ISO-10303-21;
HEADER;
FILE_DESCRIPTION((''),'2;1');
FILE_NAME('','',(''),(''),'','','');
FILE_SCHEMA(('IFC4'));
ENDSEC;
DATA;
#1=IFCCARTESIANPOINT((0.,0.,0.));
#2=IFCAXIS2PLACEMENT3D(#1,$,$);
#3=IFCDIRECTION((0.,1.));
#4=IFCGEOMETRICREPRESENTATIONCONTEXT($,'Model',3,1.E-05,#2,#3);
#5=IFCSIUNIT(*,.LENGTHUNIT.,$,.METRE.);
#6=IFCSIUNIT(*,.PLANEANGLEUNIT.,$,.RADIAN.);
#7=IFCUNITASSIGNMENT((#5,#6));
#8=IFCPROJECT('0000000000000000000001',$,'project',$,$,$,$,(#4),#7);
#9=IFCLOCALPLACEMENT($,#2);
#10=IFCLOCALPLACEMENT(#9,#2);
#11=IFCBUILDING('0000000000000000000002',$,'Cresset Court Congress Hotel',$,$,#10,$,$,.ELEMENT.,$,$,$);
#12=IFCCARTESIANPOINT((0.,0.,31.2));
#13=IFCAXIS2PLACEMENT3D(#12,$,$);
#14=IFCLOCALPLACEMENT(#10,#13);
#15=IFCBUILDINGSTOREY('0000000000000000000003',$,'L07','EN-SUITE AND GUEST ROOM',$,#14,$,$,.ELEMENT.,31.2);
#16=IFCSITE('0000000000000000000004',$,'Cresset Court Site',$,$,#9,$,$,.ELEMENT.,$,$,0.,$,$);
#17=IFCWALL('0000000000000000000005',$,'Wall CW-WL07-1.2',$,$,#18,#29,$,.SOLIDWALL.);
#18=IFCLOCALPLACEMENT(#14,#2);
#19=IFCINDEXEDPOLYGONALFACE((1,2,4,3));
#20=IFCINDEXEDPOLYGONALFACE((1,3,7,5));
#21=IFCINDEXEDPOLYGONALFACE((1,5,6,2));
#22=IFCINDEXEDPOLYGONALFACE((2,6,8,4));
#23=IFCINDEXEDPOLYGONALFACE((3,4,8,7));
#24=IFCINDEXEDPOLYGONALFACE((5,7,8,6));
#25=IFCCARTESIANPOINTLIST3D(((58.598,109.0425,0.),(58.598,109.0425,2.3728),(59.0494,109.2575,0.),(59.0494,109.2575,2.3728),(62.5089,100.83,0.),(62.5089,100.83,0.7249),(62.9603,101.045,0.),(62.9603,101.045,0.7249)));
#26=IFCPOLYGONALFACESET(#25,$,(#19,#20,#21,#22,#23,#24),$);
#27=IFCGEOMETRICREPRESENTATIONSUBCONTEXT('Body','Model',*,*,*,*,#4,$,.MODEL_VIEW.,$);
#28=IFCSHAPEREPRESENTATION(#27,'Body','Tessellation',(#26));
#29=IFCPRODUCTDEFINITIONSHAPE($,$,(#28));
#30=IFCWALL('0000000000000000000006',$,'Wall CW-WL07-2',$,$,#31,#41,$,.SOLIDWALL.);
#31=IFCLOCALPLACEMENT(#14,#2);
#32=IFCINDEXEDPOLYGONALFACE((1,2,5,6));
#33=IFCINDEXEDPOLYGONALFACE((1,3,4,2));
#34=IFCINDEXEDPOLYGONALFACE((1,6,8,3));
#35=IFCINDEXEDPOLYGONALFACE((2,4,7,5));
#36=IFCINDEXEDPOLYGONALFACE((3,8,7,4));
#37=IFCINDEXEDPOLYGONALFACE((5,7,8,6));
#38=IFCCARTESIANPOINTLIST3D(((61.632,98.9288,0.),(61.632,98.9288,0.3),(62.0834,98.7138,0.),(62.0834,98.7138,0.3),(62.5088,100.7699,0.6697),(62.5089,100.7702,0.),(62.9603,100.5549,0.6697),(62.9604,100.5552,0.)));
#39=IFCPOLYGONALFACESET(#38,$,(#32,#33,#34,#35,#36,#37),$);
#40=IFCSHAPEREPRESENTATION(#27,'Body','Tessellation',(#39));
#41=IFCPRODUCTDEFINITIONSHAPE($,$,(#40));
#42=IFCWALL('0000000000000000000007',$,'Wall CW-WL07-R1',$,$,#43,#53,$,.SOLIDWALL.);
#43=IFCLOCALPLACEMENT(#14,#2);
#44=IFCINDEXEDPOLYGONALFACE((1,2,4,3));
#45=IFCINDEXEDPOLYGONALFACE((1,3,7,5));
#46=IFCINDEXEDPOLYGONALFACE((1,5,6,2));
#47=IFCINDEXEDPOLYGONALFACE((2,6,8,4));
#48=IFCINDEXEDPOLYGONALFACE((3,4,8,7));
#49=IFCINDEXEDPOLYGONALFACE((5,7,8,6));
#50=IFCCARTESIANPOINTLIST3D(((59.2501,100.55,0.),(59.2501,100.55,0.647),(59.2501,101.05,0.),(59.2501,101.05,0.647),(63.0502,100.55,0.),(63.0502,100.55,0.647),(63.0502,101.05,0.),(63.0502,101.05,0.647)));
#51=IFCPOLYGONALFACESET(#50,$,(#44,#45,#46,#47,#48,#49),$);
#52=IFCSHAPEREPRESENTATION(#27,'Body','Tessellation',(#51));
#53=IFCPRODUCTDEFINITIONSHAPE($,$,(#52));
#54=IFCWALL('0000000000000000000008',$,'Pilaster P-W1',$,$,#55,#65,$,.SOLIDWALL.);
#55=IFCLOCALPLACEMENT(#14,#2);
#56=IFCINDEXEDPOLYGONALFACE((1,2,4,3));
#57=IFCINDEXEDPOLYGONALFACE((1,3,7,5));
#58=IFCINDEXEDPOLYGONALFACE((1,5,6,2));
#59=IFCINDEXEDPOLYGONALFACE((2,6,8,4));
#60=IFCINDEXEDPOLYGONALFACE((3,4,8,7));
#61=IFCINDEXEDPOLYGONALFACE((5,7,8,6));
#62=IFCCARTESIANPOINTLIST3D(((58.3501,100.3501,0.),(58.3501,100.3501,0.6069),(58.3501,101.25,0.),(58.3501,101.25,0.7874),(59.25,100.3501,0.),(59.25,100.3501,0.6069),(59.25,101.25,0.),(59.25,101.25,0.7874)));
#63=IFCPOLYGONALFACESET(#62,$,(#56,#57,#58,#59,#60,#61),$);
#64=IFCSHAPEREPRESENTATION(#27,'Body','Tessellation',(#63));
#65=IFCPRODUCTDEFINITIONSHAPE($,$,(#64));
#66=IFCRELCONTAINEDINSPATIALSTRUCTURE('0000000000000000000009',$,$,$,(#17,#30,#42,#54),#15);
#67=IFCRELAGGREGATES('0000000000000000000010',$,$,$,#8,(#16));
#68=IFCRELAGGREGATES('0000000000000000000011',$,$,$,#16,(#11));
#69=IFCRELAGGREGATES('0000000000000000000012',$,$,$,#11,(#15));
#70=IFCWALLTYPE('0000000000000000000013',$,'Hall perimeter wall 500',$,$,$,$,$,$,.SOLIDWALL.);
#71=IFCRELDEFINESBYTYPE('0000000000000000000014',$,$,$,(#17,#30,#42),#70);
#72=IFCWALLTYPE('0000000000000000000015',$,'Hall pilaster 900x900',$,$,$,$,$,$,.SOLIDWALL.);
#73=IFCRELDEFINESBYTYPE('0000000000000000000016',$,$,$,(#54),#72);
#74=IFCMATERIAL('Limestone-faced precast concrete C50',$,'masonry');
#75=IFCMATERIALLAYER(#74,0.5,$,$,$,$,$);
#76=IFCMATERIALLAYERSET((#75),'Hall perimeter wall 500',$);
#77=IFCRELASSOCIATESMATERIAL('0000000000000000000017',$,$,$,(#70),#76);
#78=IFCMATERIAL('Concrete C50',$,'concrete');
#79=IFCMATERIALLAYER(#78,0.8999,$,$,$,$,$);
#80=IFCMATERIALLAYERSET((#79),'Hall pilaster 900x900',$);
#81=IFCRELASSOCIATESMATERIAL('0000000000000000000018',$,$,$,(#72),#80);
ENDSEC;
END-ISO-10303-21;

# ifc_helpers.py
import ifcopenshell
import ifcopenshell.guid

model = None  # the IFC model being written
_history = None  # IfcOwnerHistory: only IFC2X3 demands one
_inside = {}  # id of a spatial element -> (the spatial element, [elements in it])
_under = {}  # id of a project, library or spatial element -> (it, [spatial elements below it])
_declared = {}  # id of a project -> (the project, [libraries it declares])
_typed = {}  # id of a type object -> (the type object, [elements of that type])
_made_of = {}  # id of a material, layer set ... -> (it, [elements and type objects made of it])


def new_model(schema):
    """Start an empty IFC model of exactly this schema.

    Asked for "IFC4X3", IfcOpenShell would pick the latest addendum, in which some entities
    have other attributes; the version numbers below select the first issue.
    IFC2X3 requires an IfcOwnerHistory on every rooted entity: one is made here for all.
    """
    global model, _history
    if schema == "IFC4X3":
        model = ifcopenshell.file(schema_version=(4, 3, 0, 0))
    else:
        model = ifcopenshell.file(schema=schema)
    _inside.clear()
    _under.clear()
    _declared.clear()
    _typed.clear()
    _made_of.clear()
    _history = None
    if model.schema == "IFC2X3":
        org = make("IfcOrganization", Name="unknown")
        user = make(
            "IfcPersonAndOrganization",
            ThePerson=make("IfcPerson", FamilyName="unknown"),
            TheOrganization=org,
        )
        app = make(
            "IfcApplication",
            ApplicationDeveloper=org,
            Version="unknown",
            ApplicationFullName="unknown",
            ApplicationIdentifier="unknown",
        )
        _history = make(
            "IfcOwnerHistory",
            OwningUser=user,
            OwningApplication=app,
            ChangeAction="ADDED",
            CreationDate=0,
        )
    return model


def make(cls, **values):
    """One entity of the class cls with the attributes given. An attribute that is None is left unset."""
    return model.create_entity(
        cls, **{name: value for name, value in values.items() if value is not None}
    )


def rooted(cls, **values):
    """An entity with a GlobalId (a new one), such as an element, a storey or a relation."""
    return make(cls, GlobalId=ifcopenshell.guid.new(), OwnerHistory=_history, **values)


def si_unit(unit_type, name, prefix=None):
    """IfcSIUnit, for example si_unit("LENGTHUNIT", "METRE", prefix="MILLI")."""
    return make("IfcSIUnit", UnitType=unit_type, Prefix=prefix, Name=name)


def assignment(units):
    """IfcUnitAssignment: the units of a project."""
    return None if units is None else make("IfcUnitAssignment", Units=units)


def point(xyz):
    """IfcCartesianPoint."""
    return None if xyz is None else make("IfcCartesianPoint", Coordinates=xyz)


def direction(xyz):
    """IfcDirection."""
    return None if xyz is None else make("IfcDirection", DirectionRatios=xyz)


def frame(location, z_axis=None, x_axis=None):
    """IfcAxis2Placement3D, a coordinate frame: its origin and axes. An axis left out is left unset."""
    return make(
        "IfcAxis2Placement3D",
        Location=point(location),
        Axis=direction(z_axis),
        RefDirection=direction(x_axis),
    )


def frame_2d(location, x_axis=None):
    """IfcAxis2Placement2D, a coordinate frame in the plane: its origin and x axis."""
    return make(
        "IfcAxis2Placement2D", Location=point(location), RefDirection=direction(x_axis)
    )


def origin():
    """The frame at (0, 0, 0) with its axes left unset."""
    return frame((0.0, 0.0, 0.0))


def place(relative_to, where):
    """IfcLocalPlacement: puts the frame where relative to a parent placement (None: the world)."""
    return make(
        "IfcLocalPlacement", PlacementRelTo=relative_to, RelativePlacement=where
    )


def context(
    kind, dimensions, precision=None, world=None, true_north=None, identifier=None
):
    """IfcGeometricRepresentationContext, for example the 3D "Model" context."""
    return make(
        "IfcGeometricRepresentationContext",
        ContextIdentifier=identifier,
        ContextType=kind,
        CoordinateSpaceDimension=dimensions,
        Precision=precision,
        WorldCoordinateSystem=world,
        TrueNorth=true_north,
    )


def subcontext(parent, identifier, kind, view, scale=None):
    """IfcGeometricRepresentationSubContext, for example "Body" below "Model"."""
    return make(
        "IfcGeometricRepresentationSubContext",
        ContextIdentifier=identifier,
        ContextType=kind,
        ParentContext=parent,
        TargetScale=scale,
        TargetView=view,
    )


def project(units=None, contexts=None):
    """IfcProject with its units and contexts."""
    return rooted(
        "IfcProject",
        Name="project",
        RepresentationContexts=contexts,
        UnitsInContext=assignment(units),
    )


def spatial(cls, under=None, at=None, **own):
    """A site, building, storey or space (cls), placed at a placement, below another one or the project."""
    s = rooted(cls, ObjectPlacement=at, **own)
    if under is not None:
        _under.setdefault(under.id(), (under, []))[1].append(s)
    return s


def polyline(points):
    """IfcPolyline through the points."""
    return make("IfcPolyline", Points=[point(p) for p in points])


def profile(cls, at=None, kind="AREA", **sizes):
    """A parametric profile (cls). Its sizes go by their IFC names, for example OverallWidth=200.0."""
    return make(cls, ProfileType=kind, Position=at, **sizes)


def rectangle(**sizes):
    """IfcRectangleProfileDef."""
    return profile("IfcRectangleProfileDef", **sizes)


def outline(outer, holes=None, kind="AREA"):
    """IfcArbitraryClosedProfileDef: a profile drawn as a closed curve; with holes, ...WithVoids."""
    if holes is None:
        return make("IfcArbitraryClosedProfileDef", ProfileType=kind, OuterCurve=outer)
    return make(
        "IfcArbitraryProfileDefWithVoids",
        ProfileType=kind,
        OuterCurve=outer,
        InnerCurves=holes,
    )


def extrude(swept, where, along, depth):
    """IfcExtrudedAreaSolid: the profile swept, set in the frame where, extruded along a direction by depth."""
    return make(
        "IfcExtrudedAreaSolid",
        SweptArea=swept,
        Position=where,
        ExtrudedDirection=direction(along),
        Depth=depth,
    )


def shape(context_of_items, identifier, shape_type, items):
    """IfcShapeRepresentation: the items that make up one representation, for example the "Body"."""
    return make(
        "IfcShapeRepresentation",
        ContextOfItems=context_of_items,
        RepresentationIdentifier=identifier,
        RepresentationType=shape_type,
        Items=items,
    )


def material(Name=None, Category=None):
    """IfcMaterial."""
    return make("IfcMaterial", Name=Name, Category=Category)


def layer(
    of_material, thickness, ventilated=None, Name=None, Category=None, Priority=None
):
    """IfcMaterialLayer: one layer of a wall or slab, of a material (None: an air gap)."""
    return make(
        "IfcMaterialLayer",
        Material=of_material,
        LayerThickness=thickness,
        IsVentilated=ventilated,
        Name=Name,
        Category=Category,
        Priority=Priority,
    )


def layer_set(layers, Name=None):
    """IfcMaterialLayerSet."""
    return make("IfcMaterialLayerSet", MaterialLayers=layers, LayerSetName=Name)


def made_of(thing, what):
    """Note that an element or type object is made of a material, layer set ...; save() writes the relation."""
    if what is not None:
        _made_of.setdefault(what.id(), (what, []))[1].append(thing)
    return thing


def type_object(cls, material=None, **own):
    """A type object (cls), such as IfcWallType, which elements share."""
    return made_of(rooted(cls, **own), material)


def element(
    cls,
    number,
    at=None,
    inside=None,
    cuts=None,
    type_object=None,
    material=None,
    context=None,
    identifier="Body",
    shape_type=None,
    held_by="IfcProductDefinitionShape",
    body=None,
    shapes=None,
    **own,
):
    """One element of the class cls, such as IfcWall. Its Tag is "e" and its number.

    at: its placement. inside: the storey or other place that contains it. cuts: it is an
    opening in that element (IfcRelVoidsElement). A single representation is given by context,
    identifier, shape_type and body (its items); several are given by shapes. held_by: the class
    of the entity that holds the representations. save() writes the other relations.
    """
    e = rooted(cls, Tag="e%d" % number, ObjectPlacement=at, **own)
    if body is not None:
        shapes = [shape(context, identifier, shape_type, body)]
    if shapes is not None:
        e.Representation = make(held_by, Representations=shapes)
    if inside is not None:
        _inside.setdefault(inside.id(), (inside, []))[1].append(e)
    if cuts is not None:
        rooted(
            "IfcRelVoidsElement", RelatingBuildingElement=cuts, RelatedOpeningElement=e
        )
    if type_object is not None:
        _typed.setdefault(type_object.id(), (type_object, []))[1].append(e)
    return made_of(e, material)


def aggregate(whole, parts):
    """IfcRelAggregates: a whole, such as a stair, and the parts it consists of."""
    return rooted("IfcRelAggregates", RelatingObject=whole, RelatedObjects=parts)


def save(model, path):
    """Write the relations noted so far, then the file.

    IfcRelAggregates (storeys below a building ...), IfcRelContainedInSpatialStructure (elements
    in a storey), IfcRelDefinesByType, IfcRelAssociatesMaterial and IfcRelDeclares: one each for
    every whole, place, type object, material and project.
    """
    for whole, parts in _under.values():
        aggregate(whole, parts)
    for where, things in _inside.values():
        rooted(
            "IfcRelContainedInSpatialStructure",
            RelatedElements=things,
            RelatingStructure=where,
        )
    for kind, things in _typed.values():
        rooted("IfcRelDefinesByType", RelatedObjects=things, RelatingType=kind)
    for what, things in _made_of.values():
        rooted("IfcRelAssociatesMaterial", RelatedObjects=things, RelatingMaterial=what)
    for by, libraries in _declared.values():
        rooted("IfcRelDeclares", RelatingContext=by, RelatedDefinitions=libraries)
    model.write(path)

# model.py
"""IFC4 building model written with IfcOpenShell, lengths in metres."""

from ifc_helpers import new_model, si_unit, direction, frame, frame_2d, origin, place, context, subcontext, project, spatial, polyline, rectangle, outline, extrude, material, layer, layer_set, type_object, element, save


model = new_model("IFC4")

# Units and contexts
model_context = context("Model", 3, precision=1e-05, world=origin(), true_north=direction((0.0, 1.0)))
body_context = subcontext(model_context, "Body", "Model", "MODEL_VIEW")
ifc_project = project(units=[si_unit("LENGTHUNIT", "METRE"), si_unit("PLANEANGLEUNIT", "RADIAN")], contexts=[model_context])

# Site, building, storey
site_placement = place(None, origin())
site = spatial("IfcSite", under=ifc_project, at=site_placement, Name="Cresset Court Site", CompositionType="ELEMENT", RefElevation=0.0)
building_placement = place(site_placement, origin())
building = spatial("IfcBuilding", under=site, at=building_placement, Name="Cresset Court Congress Hotel", CompositionType="ELEMENT")
storey_placement = place(building_placement, frame((0.0, 0.0, 31.2)))
storey = spatial("IfcBuildingStorey", under=building, at=storey_placement, Name="L07", Description="EN-SUITE AND GUEST ROOM", CompositionType="ELEMENT", Elevation=31.2)

# Walls
ifc_material_1 = material(Name="Limestone-faced precast concrete C50", Category="masonry")
ifc_layer_1 = layer(ifc_material_1, 0.5)
ifc_layer_set_1 = layer_set([ifc_layer_1], Name="Hall perimeter wall 500")
wall_type_1 = type_object("IfcWallType", Name="Hall perimeter wall 500", PredefinedType="SOLIDWALL", material=ifc_layer_set_1)
wall_1_placement = place(storey_placement, frame((62.7346, 100.9375, 0.0), z_axis=(0.0, 0.0, 1.0), x_axis=(-0.429953, 0.902851, 0.0)))
element("IfcWall", 1, at=wall_1_placement, inside=storey, type_object=wall_type_1, Name="Wall CW-WL07-1.2", PredefinedType="SOLIDWALL", context=body_context, shape_type="SweptSolid", body=[
    extrude(outline(polyline([(0.0, 0.0), (9.0962, 0.0), (9.0962, 2.3728), (0.0, 0.7249), (0.0, 0.0)])), frame((0.0, 0.25, 0.0), z_axis=(0.0, -1.0, 0.0), x_axis=(1.0, 0.0, 0.0)), (0.0, 0.0, 1.0), 0.5),
])
wall_2_placement = place(storey_placement, frame((61.8577, 98.8213, 0.0), z_axis=(0.0, 0.0, 1.0), x_axis=(0.429989, 0.902834, 0.0)))
element("IfcWall", 2, at=wall_2_placement, inside=storey, type_object=wall_type_1, Name="Wall CW-WL07-2", PredefinedType="SOLIDWALL", context=body_context, shape_type="SweptSolid", body=[
    extrude(outline(polyline([(0.0, 0.0), (2.0396, 0.0), (2.0393, 0.6697), (0.0, 0.3), (0.0, 0.0)])), frame((0.0, 0.25, 0.0), z_axis=(0.0, -1.0, 0.0), x_axis=(1.0, 0.0, 0.0)), (0.0, 0.0, 1.0), 0.5),
])
wall_3_placement = place(storey_placement, frame((63.05, 100.8, 0.0), z_axis=(0.0, 0.0, 1.0), x_axis=(-1.0, 0.0, 0.0)))
element("IfcWall", 3, at=wall_3_placement, inside=storey, type_object=wall_type_1, Name="Wall CW-WL07-R1", PredefinedType="SOLIDWALL", context=body_context, shape_type="SweptSolid", body=[
    extrude(rectangle(XDim=3.8, YDim=0.5, at=frame_2d((1.8999, 0.0))), origin(), (0.0, 0.0, 1.0), 0.647),
])
ifc_material_2 = material(Name="Concrete C50", Category="concrete")
ifc_layer_2 = layer(ifc_material_2, 0.8999)
ifc_layer_set_2 = layer_set([ifc_layer_2], Name="Hall pilaster 900x900")
wall_type_2 = type_object("IfcWallType", Name="Hall pilaster 900x900", PredefinedType="SOLIDWALL", material=ifc_layer_set_2)
wall_4_placement = place(storey_placement, frame((58.8, 101.25, 0.0), z_axis=(0.0, 0.0, 1.0), x_axis=(0.0, -1.0, 0.0)))
element("IfcWall", 4, at=wall_4_placement, inside=storey, type_object=wall_type_2, Name="Pilaster P-W1", PredefinedType="SOLIDWALL", context=body_context, shape_type="SweptSolid", body=[
    extrude(outline(polyline([(0.0, 0.0), (0.8999, 0.0), (0.8999, 0.6069), (0.0, 0.7874), (0.0, 0.0)])), frame((0.0, 0.45, 0.0), z_axis=(0.0, -1.0, 0.0), x_axis=(1.0, 0.0, 0.0)), (0.0, 0.0, 1.0), 0.8999),
])

save(model, "model.ifc")
